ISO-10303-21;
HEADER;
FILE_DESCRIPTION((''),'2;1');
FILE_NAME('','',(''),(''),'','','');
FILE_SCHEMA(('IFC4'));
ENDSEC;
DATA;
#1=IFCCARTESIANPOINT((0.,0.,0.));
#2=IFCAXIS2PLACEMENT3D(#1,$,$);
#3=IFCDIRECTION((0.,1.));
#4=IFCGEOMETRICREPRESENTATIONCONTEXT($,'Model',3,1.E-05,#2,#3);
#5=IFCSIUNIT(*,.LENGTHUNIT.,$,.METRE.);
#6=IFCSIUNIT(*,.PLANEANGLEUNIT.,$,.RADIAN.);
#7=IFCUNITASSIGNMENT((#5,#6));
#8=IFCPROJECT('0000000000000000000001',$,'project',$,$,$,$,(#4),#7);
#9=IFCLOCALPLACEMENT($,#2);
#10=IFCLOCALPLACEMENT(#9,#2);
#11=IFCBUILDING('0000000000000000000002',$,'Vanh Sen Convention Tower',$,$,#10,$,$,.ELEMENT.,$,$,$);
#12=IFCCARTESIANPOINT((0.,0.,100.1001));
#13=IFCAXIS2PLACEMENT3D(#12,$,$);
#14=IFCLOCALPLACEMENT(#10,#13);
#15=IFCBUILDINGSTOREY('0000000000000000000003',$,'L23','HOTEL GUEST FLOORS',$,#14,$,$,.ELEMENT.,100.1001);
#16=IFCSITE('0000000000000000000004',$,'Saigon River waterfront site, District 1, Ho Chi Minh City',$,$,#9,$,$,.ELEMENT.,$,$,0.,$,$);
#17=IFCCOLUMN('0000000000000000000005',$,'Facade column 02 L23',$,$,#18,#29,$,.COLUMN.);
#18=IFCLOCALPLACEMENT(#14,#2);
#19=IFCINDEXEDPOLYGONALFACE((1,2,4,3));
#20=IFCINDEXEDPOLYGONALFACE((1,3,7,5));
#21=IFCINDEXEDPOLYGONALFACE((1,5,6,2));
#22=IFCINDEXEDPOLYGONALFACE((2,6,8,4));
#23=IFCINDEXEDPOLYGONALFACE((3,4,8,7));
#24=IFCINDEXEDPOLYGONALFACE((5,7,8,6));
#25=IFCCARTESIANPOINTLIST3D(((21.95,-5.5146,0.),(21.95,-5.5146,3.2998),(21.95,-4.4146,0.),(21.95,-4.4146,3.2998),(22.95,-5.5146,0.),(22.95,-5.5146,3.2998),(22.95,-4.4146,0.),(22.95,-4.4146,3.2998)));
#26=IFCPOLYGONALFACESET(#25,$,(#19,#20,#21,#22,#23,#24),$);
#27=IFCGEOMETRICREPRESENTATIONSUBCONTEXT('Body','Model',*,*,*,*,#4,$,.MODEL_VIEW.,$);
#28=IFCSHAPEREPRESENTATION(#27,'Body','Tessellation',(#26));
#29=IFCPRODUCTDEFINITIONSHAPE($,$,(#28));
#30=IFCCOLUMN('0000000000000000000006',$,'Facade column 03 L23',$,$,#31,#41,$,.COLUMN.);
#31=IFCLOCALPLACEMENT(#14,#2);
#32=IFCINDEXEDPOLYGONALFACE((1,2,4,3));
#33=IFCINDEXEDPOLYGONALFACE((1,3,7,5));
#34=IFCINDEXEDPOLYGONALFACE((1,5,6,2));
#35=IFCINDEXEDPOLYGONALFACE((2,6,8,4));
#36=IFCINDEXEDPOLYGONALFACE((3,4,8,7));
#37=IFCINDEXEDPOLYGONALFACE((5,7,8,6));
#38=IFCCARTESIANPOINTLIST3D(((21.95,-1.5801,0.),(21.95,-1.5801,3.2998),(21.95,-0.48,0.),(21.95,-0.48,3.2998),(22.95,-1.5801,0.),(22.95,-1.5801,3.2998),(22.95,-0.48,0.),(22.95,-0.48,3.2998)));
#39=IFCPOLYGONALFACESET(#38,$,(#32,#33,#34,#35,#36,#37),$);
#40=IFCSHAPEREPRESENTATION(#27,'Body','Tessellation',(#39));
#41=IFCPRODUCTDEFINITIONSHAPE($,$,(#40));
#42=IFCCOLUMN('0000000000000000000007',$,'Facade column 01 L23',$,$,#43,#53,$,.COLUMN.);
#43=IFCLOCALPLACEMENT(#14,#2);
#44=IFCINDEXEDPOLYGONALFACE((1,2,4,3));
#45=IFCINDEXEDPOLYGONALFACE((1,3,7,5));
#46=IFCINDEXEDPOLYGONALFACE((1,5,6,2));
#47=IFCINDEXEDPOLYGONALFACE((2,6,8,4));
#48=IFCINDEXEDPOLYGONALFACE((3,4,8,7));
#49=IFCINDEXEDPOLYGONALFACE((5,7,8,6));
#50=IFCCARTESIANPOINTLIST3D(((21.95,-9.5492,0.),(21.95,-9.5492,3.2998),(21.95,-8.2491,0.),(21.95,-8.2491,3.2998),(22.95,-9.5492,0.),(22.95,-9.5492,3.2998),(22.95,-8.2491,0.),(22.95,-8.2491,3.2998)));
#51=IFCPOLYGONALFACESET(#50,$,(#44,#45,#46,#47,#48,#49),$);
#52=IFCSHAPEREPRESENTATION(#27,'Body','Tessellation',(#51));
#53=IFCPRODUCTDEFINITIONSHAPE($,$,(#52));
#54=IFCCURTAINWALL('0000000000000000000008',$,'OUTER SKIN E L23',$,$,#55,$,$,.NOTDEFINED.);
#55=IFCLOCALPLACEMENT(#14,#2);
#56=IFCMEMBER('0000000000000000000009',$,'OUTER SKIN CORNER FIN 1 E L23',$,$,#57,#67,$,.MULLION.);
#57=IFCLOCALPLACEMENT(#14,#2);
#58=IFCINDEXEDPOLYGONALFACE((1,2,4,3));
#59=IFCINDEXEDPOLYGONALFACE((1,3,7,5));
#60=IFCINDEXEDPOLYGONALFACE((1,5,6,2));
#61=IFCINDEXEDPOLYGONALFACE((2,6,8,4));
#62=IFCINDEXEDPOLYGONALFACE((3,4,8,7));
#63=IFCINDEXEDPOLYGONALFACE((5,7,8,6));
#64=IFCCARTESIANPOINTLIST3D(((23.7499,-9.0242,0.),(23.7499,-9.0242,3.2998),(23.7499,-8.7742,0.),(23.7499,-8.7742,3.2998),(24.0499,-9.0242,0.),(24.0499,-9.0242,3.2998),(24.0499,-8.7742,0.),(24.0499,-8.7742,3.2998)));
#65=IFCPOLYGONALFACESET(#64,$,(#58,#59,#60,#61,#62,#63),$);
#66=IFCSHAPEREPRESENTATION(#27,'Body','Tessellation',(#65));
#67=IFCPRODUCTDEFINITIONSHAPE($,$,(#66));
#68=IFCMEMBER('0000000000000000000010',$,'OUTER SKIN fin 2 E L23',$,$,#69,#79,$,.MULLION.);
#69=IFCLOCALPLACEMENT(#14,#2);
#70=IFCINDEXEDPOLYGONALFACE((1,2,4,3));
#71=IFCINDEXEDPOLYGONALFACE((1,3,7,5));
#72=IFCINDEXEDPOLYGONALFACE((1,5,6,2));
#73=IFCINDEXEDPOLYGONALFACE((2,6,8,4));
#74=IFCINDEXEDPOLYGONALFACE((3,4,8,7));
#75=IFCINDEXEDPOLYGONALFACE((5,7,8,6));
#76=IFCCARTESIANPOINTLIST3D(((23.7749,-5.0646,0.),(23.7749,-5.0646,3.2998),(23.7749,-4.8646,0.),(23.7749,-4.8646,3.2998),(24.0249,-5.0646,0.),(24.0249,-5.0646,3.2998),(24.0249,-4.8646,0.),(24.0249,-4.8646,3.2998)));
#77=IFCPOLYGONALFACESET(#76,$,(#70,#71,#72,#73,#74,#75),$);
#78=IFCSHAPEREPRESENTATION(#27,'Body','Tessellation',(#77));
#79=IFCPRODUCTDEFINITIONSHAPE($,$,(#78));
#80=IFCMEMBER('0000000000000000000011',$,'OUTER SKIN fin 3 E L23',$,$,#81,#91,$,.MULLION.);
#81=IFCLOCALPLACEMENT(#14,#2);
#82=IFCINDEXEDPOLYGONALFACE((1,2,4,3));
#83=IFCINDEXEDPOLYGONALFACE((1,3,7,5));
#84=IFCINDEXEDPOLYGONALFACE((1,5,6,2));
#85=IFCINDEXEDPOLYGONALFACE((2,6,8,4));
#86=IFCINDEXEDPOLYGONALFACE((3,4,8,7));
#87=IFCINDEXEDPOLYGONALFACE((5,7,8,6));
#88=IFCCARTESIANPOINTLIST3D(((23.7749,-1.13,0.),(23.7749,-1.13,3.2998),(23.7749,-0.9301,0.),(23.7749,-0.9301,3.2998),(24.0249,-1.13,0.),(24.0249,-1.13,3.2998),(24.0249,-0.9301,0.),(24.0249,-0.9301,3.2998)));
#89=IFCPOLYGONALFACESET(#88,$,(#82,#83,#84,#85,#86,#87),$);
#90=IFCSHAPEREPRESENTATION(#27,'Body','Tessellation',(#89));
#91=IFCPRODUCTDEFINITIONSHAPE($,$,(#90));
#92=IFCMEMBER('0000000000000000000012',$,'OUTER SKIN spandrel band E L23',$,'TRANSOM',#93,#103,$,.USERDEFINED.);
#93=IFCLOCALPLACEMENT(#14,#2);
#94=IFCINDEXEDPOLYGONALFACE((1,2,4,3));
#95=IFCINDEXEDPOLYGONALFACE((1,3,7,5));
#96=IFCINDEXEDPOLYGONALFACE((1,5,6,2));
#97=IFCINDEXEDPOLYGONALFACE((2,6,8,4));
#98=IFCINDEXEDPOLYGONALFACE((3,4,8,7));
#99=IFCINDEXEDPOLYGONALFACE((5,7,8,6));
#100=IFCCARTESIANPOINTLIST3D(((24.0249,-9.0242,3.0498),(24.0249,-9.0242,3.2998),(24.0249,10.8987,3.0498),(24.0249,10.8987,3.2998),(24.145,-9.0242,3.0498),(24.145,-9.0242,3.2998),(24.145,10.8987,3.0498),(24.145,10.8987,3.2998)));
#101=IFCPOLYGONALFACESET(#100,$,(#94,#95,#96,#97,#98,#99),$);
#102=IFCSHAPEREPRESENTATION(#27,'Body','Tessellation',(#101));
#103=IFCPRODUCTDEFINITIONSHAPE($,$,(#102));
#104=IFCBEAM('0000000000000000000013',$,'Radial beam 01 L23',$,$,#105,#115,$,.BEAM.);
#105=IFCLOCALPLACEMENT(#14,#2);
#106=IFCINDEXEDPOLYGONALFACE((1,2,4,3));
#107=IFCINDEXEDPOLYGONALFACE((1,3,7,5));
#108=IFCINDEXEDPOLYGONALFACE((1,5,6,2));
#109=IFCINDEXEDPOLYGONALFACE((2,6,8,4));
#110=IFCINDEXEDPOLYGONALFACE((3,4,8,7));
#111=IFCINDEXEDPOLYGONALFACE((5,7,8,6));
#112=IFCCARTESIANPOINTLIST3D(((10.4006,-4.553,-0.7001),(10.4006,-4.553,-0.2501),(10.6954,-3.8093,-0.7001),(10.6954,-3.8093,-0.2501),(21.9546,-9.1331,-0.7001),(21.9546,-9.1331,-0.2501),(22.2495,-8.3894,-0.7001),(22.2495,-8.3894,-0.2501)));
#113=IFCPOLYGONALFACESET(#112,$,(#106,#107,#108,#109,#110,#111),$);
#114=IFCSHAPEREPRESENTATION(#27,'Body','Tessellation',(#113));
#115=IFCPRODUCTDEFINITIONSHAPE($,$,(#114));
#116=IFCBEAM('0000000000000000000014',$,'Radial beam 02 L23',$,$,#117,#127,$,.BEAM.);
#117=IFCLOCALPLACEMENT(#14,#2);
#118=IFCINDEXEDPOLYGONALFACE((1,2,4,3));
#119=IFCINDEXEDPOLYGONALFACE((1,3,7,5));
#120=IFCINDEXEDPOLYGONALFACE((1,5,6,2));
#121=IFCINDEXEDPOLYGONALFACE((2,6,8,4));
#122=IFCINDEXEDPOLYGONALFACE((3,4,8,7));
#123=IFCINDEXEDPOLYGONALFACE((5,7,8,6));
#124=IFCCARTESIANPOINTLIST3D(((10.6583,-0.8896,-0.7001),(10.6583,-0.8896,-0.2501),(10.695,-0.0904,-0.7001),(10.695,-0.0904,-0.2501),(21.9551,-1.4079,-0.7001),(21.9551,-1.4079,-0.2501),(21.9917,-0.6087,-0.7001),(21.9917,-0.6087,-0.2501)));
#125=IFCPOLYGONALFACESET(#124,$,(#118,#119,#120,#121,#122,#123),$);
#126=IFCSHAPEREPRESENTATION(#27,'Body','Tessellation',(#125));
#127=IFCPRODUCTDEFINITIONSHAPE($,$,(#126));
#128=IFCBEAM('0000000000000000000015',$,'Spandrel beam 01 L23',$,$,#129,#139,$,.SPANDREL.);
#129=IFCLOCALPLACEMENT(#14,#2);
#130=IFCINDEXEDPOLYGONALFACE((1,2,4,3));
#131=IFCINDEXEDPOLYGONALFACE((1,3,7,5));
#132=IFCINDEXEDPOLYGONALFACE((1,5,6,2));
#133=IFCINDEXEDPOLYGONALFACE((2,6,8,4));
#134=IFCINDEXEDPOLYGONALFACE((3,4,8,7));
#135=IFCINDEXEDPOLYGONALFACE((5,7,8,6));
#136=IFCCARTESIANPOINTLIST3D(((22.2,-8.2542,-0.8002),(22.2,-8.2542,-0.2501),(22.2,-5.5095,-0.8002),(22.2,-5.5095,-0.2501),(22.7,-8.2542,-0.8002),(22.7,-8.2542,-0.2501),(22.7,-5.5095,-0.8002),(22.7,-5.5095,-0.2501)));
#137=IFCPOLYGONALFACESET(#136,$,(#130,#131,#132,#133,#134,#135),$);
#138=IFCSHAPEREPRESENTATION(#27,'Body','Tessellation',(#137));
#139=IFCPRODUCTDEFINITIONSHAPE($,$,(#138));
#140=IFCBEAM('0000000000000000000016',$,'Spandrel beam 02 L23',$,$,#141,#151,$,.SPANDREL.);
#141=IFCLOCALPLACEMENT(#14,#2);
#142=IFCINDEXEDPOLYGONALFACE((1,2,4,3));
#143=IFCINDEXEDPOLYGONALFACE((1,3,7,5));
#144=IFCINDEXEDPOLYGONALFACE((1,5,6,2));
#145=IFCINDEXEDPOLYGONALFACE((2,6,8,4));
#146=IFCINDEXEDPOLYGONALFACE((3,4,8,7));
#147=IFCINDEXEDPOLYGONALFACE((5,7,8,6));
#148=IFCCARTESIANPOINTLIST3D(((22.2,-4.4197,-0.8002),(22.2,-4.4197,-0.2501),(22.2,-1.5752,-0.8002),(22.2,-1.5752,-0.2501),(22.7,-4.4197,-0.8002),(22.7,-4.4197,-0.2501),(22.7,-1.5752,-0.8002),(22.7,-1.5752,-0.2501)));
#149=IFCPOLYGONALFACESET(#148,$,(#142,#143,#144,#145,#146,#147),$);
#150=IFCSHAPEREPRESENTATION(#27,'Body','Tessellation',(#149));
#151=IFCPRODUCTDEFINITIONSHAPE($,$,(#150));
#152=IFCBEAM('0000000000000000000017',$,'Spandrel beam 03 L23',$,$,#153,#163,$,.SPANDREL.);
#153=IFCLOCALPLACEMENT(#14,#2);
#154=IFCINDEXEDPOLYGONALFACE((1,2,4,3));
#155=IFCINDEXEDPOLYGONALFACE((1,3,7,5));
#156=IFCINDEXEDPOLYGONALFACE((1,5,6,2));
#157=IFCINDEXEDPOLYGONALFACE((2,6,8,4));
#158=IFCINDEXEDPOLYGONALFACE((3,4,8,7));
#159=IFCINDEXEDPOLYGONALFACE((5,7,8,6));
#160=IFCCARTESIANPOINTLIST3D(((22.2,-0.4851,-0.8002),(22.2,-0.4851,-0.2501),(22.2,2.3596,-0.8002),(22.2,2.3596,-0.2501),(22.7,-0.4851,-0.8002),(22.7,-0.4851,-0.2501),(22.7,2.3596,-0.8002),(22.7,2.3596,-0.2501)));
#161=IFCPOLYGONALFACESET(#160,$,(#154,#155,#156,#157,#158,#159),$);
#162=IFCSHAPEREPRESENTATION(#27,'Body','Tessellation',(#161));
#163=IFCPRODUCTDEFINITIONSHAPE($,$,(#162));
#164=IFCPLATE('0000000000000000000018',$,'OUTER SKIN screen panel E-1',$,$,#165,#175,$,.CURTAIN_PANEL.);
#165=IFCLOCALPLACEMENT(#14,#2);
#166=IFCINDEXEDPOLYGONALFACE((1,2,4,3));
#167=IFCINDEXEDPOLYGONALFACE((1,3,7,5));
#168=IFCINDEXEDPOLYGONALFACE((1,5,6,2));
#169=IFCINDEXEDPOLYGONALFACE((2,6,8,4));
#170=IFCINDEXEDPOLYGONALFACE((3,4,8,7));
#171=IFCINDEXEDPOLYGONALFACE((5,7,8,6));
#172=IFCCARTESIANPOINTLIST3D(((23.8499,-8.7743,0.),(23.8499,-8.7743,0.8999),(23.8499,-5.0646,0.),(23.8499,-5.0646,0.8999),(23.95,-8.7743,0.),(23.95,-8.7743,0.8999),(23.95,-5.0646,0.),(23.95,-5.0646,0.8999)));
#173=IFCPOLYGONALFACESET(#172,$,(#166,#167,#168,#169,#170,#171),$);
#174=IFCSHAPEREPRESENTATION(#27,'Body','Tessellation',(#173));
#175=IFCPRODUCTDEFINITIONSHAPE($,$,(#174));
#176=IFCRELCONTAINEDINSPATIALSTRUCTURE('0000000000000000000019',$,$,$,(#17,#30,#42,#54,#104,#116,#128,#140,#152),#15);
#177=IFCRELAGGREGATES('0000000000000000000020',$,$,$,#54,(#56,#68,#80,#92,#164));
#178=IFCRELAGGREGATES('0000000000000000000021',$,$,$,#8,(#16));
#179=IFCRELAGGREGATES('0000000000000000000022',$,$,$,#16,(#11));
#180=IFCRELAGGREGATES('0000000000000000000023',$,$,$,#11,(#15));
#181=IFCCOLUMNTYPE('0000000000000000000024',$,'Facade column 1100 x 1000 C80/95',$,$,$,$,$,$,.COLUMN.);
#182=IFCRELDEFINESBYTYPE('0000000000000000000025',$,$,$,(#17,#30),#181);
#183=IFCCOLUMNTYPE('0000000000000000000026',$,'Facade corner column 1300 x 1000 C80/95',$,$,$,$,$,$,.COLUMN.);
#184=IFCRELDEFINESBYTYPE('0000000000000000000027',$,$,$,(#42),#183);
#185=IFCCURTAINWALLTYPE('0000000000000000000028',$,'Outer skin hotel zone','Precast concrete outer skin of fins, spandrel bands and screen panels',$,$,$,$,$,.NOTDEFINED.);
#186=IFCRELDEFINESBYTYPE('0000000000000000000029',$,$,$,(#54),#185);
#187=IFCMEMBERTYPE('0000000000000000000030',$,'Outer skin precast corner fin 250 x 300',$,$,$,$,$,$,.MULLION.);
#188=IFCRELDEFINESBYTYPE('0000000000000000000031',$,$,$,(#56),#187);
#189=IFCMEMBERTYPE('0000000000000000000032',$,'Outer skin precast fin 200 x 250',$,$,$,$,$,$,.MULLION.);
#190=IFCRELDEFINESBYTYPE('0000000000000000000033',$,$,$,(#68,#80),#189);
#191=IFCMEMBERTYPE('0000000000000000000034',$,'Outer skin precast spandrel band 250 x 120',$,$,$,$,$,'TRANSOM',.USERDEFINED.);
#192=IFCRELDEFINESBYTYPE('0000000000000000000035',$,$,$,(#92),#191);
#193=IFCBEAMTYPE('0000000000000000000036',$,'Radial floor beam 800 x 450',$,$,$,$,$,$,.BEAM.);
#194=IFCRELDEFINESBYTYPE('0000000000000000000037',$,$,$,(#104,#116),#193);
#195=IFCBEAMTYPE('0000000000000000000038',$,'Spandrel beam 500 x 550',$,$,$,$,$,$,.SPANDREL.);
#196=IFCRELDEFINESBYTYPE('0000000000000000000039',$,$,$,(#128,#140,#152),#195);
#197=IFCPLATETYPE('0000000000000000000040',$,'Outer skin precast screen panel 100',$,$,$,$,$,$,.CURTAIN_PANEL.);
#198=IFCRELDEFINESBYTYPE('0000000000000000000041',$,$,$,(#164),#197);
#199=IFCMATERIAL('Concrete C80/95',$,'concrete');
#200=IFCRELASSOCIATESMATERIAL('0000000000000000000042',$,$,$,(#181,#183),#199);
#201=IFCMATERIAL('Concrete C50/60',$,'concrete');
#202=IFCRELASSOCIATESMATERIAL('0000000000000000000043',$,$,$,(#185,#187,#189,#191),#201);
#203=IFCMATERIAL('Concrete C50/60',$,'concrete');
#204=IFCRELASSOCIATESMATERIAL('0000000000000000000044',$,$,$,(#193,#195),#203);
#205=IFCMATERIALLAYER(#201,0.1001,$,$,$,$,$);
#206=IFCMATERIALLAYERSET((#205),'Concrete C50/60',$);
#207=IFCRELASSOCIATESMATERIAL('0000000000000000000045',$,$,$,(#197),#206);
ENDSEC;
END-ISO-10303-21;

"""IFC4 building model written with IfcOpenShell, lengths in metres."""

from ifc_helpers import new_model, si_unit, direction, frame, origin, origin_2d, place, context, subcontext, project, spatial, rectangle, extrude, material, layer, layer_set, material_profile, profile_set, type_object, element, aggregate, save


model = new_model("IFC4")

# Units and contexts
model_context = context("Model", 3, precision=1e-05, world=origin(), true_north=direction((0.0, 1.0)))
body_context = subcontext(model_context, "Body", "Model", "MODEL_VIEW")
ifc_project = project(units=[si_unit("LENGTHUNIT", "METRE"), si_unit("PLANEANGLEUNIT", "RADIAN")], contexts=[model_context])

# Site, building, storey
site_placement = place(None, origin())
site = spatial("IfcSite", under=ifc_project, at=site_placement, Name="Saigon River waterfront site, District 1, Ho Chi Minh City", CompositionType="ELEMENT", RefElevation=0.0)
building_placement = place(site_placement, origin())
building = spatial("IfcBuilding", under=site, at=building_placement, Name="Vanh Sen Convention Tower", CompositionType="ELEMENT")
storey_placement = place(building_placement, frame((0.0, 0.0, 100.1001)))
storey = spatial("IfcBuildingStorey", under=building, at=storey_placement, Name="L23", Description="HOTEL GUEST FLOORS", CompositionType="ELEMENT", Elevation=100.1001)

# Columns
ifc_material_1 = material(Name="Concrete C80/95", Category="concrete")
ifc_material_profile_1 = material_profile(ifc_material_1, rectangle(XDim=1.1001, YDim=1.0, at=origin_2d()), Name="RC 1100X1000")
ifc_profile_set_1 = profile_set([ifc_material_profile_1], Name="Concrete C80/95")
column_type_1 = type_object("IfcColumnType", Name="Facade column 1100 x 1000 C80/95", PredefinedType="COLUMN", material=ifc_profile_set_1)
for number, where, z_axis, x_axis, name in (
    (1, (22.45, -4.9646, 0.0), (0.0, 0.0, 1.0), (0.0, 1.0, 0.0), "Facade column 02 L23"),
    (2, (22.45, -1.03, 0.0), (0.0, 0.0, 1.0), (0.0, 1.0, 0.0), "Facade column 03 L23"),
):
    element("IfcColumn", number, at=place(storey_placement, frame(where, z_axis=z_axis, x_axis=x_axis)), inside=storey, type_object=column_type_1, Name=name, PredefinedType="COLUMN", context=body_context, shape_type="SweptSolid", body=[
        extrude(rectangle(XDim=1.1001, YDim=1.0, at=origin_2d()), origin(), (0.0, 0.0, 1.0), 3.2998),
    ])
ifc_material_profile_2 = material_profile(ifc_material_1, rectangle(XDim=1.3, YDim=1.0, at=origin_2d()), Name="RC 1300X1000")
ifc_profile_set_2 = profile_set([ifc_material_profile_2], Name="Concrete C80/95")
column_type_2 = type_object("IfcColumnType", Name="Facade corner column 1300 x 1000 C80/95", PredefinedType="COLUMN", material=ifc_profile_set_2)
column_placement = place(storey_placement, frame((22.45, -8.8992, 0.0), z_axis=(0.0, 0.0, 1.0), x_axis=(0.0, 1.0, 0.0)))
element("IfcColumn", 3, at=column_placement, inside=storey, type_object=column_type_2, Name="Facade column 01 L23", PredefinedType="COLUMN", context=body_context, shape_type="SweptSolid", body=[
    extrude(rectangle(XDim=1.3, YDim=1.0, at=origin_2d()), origin(), (0.0, 0.0, 1.0), 3.2998),
])

# Curtain wall, members
ifc_material_2 = material(Name="Concrete C50/60", Category="concrete")
curtain_wall_type = type_object("IfcCurtainWallType", Name="Outer skin hotel zone", Description="Precast concrete outer skin of fins, spandrel bands and screen panels", PredefinedType="NOTDEFINED", material=ifc_material_2)
curtain_wall_placement = place(storey_placement, origin())
curtain_wall = element("IfcCurtainWall", 4, at=curtain_wall_placement, inside=storey, type_object=curtain_wall_type, Name="OUTER SKIN E L23", PredefinedType="NOTDEFINED")
ifc_material_profile_3 = material_profile(ifc_material_2, rectangle(XDim=0.25, YDim=0.3, at=origin_2d()), Name="Outer skin precast corner fin 250 x 300")
ifc_profile_set_3 = profile_set([ifc_material_profile_3], Name="Concrete C50/60")
member_type_1 = type_object("IfcMemberType", Name="Outer skin precast corner fin 250 x 300", PredefinedType="MULLION", material=ifc_profile_set_3)
member_1_placement = place(storey_placement, frame((23.8999, -8.8992, 0.0), z_axis=(0.0, 0.0, 1.0), x_axis=(0.0, 1.0, 0.0)))
member_1 = element("IfcMember", 5, at=member_1_placement, type_object=member_type_1, Name="OUTER SKIN CORNER FIN 1 E L23", PredefinedType="MULLION", context=body_context, shape_type="SweptSolid", body=[
    extrude(rectangle(XDim=0.25, YDim=0.3, at=origin_2d()), origin(), (0.0, 0.0, 1.0), 3.2998),
])
ifc_material_profile_4 = material_profile(ifc_material_2, rectangle(XDim=0.2, YDim=0.25, at=origin_2d()), Name="Outer skin precast fin 200 x 250")
ifc_profile_set_4 = profile_set([ifc_material_profile_4], Name="Concrete C50/60")
member_type_2 = type_object("IfcMemberType", Name="Outer skin precast fin 200 x 250", PredefinedType="MULLION", material=ifc_profile_set_4)
member_2_placement = place(storey_placement, frame((23.8999, -4.9646, 0.0), z_axis=(0.0, 0.0, 1.0), x_axis=(0.0, 1.0, 0.0)))
member_2 = element("IfcMember", 6, at=member_2_placement, type_object=member_type_2, Name="OUTER SKIN fin 2 E L23", PredefinedType="MULLION", context=body_context, shape_type="SweptSolid", body=[
    extrude(rectangle(XDim=0.2, YDim=0.25, at=origin_2d()), origin(), (0.0, 0.0, 1.0), 3.2998),
])
member_3_placement = place(storey_placement, frame((23.8999, -1.03, 0.0), z_axis=(0.0, 0.0, 1.0), x_axis=(0.0, 1.0, 0.0)))
member_3 = element("IfcMember", 7, at=member_3_placement, type_object=member_type_2, Name="OUTER SKIN fin 3 E L23", PredefinedType="MULLION", context=body_context, shape_type="SweptSolid", body=[
    extrude(rectangle(XDim=0.2, YDim=0.25, at=origin_2d()), origin(), (0.0, 0.0, 1.0), 3.2998),
])
ifc_material_profile_5 = material_profile(ifc_material_2, rectangle(XDim=0.1201, YDim=0.25, at=origin_2d()), Name="Outer skin precast spandrel band 250 x 120")
ifc_profile_set_5 = profile_set([ifc_material_profile_5], Name="Concrete C50/60")
member_type_3 = type_object("IfcMemberType", Name="Outer skin precast spandrel band 250 x 120", ElementType="TRANSOM", PredefinedType="USERDEFINED", material=ifc_profile_set_5)
member_4_placement = place(storey_placement, frame((24.085, -9.0242, 3.1748), z_axis=(0.0, 1.0, 0.0), x_axis=(-1.0, 0.0, 0.0)))
member_4 = element("IfcMember", 8, at=member_4_placement, type_object=member_type_3, Name="OUTER SKIN spandrel band E L23", ObjectType="TRANSOM", PredefinedType="USERDEFINED", context=body_context, shape_type="SweptSolid", body=[
    extrude(rectangle(XDim=0.1201, YDim=0.25, at=origin_2d()), origin(), (0.0, 0.0, 1.0), 19.9229),
])

# Beams
ifc_material_3 = material(Name="Concrete C50/60", Category="concrete")
ifc_material_profile_6 = material_profile(ifc_material_3, rectangle(XDim=0.8, YDim=0.45, at=origin_2d()), Name="RC 800X450")
ifc_profile_set_6 = profile_set([ifc_material_profile_6], Name="Concrete C50/60")
beam_type_1 = type_object("IfcBeamType", Name="Radial floor beam 800 x 450", PredefinedType="BEAM", material=ifc_profile_set_6)
beam_1_placement = place(storey_placement, frame((22.1021, -8.7612, -0.4751), z_axis=(-0.929624, 0.36851, 0.0), x_axis=(-0.36851, -0.929624, 0.0)))
element("IfcBeam", 9, at=beam_1_placement, inside=storey, type_object=beam_type_1, Name="Radial beam 01 L23", PredefinedType="BEAM", context=body_context, shape_type="SweptSolid", body=[
    extrude(rectangle(XDim=0.8, YDim=0.45, at=origin_2d()), origin(), (0.0, 0.0, 1.0), 12.4287),
])
beam_2_placement = place(storey_placement, frame((21.9734, -1.0083, -0.4751), z_axis=(-0.998949, 0.045834, 0.0), x_axis=(-0.045834, -0.998949, 0.0)))
element("IfcBeam", 10, at=beam_2_placement, inside=storey, type_object=beam_type_1, Name="Radial beam 02 L23", PredefinedType="BEAM", context=body_context, shape_type="SweptSolid", body=[
    extrude(rectangle(XDim=0.8, YDim=0.45, at=origin_2d()), origin(), (0.0, 0.0, 1.0), 11.3086),
])
ifc_material_profile_7 = material_profile(ifc_material_3, rectangle(XDim=0.5, YDim=0.55, at=origin_2d()), Name="RC 500X550")
ifc_profile_set_7 = profile_set([ifc_material_profile_7], Name="Concrete C50/60")
beam_type_2 = type_object("IfcBeamType", Name="Spandrel beam 500 x 550", PredefinedType="SPANDREL", material=ifc_profile_set_7)
beam_3_placement = place(storey_placement, frame((22.45, -8.2542, -0.5251), z_axis=(0.0, 1.0, 0.0), x_axis=(-1.0, 0.0, 0.0)))
element("IfcBeam", 11, at=beam_3_placement, inside=storey, type_object=beam_type_2, Name="Spandrel beam 01 L23", PredefinedType="SPANDREL", context=body_context, shape_type="SweptSolid", body=[
    extrude(rectangle(XDim=0.5, YDim=0.55, at=origin_2d()), origin(), (0.0, 0.0, 1.0), 2.7446),
])
beam_4_placement = place(storey_placement, frame((22.45, -4.4197, -0.5251), z_axis=(0.0, 1.0, 0.0), x_axis=(-1.0, 0.0, 0.0)))
element("IfcBeam", 12, at=beam_4_placement, inside=storey, type_object=beam_type_2, Name="Spandrel beam 02 L23", PredefinedType="SPANDREL", context=body_context, shape_type="SweptSolid", body=[
    extrude(rectangle(XDim=0.5, YDim=0.55, at=origin_2d()), origin(), (0.0, 0.0, 1.0), 2.8445),
])
beam_5_placement = place(storey_placement, frame((22.45, -0.4851, -0.5251), z_axis=(0.0, 1.0, 0.0), x_axis=(-1.0, 0.0, 0.0)))
element("IfcBeam", 13, at=beam_5_placement, inside=storey, type_object=beam_type_2, Name="Spandrel beam 03 L23", PredefinedType="SPANDREL", context=body_context, shape_type="SweptSolid", body=[
    extrude(rectangle(XDim=0.5, YDim=0.55, at=origin_2d()), origin(), (0.0, 0.0, 1.0), 2.8447),
])

# Plate
ifc_layer_1 = layer(ifc_material_2, 0.1001)
ifc_layer_set_1 = layer_set([ifc_layer_1], Name="Concrete C50/60")
plate_type = type_object("IfcPlateType", Name="Outer skin precast screen panel 100", PredefinedType="CURTAIN_PANEL", material=ifc_layer_set_1)
plate_1_placement = place(storey_placement, frame((23.8999, -6.9194, 0.0), z_axis=(0.0, 0.0, 1.0), x_axis=(0.0, 1.0, 0.0)))
plate_1 = element("IfcPlate", 14, at=plate_1_placement, type_object=plate_type, Name="OUTER SKIN screen panel E-1", PredefinedType="CURTAIN_PANEL", context=body_context, shape_type="SweptSolid", body=[
    extrude(rectangle(XDim=3.7097, YDim=0.1001, at=origin_2d()), origin(), (0.0, 0.0, 1.0), 0.8999),
])
aggregate(curtain_wall, [member_1, member_2, member_3, member_4, plate_1])

save(model, "model.ifc")
